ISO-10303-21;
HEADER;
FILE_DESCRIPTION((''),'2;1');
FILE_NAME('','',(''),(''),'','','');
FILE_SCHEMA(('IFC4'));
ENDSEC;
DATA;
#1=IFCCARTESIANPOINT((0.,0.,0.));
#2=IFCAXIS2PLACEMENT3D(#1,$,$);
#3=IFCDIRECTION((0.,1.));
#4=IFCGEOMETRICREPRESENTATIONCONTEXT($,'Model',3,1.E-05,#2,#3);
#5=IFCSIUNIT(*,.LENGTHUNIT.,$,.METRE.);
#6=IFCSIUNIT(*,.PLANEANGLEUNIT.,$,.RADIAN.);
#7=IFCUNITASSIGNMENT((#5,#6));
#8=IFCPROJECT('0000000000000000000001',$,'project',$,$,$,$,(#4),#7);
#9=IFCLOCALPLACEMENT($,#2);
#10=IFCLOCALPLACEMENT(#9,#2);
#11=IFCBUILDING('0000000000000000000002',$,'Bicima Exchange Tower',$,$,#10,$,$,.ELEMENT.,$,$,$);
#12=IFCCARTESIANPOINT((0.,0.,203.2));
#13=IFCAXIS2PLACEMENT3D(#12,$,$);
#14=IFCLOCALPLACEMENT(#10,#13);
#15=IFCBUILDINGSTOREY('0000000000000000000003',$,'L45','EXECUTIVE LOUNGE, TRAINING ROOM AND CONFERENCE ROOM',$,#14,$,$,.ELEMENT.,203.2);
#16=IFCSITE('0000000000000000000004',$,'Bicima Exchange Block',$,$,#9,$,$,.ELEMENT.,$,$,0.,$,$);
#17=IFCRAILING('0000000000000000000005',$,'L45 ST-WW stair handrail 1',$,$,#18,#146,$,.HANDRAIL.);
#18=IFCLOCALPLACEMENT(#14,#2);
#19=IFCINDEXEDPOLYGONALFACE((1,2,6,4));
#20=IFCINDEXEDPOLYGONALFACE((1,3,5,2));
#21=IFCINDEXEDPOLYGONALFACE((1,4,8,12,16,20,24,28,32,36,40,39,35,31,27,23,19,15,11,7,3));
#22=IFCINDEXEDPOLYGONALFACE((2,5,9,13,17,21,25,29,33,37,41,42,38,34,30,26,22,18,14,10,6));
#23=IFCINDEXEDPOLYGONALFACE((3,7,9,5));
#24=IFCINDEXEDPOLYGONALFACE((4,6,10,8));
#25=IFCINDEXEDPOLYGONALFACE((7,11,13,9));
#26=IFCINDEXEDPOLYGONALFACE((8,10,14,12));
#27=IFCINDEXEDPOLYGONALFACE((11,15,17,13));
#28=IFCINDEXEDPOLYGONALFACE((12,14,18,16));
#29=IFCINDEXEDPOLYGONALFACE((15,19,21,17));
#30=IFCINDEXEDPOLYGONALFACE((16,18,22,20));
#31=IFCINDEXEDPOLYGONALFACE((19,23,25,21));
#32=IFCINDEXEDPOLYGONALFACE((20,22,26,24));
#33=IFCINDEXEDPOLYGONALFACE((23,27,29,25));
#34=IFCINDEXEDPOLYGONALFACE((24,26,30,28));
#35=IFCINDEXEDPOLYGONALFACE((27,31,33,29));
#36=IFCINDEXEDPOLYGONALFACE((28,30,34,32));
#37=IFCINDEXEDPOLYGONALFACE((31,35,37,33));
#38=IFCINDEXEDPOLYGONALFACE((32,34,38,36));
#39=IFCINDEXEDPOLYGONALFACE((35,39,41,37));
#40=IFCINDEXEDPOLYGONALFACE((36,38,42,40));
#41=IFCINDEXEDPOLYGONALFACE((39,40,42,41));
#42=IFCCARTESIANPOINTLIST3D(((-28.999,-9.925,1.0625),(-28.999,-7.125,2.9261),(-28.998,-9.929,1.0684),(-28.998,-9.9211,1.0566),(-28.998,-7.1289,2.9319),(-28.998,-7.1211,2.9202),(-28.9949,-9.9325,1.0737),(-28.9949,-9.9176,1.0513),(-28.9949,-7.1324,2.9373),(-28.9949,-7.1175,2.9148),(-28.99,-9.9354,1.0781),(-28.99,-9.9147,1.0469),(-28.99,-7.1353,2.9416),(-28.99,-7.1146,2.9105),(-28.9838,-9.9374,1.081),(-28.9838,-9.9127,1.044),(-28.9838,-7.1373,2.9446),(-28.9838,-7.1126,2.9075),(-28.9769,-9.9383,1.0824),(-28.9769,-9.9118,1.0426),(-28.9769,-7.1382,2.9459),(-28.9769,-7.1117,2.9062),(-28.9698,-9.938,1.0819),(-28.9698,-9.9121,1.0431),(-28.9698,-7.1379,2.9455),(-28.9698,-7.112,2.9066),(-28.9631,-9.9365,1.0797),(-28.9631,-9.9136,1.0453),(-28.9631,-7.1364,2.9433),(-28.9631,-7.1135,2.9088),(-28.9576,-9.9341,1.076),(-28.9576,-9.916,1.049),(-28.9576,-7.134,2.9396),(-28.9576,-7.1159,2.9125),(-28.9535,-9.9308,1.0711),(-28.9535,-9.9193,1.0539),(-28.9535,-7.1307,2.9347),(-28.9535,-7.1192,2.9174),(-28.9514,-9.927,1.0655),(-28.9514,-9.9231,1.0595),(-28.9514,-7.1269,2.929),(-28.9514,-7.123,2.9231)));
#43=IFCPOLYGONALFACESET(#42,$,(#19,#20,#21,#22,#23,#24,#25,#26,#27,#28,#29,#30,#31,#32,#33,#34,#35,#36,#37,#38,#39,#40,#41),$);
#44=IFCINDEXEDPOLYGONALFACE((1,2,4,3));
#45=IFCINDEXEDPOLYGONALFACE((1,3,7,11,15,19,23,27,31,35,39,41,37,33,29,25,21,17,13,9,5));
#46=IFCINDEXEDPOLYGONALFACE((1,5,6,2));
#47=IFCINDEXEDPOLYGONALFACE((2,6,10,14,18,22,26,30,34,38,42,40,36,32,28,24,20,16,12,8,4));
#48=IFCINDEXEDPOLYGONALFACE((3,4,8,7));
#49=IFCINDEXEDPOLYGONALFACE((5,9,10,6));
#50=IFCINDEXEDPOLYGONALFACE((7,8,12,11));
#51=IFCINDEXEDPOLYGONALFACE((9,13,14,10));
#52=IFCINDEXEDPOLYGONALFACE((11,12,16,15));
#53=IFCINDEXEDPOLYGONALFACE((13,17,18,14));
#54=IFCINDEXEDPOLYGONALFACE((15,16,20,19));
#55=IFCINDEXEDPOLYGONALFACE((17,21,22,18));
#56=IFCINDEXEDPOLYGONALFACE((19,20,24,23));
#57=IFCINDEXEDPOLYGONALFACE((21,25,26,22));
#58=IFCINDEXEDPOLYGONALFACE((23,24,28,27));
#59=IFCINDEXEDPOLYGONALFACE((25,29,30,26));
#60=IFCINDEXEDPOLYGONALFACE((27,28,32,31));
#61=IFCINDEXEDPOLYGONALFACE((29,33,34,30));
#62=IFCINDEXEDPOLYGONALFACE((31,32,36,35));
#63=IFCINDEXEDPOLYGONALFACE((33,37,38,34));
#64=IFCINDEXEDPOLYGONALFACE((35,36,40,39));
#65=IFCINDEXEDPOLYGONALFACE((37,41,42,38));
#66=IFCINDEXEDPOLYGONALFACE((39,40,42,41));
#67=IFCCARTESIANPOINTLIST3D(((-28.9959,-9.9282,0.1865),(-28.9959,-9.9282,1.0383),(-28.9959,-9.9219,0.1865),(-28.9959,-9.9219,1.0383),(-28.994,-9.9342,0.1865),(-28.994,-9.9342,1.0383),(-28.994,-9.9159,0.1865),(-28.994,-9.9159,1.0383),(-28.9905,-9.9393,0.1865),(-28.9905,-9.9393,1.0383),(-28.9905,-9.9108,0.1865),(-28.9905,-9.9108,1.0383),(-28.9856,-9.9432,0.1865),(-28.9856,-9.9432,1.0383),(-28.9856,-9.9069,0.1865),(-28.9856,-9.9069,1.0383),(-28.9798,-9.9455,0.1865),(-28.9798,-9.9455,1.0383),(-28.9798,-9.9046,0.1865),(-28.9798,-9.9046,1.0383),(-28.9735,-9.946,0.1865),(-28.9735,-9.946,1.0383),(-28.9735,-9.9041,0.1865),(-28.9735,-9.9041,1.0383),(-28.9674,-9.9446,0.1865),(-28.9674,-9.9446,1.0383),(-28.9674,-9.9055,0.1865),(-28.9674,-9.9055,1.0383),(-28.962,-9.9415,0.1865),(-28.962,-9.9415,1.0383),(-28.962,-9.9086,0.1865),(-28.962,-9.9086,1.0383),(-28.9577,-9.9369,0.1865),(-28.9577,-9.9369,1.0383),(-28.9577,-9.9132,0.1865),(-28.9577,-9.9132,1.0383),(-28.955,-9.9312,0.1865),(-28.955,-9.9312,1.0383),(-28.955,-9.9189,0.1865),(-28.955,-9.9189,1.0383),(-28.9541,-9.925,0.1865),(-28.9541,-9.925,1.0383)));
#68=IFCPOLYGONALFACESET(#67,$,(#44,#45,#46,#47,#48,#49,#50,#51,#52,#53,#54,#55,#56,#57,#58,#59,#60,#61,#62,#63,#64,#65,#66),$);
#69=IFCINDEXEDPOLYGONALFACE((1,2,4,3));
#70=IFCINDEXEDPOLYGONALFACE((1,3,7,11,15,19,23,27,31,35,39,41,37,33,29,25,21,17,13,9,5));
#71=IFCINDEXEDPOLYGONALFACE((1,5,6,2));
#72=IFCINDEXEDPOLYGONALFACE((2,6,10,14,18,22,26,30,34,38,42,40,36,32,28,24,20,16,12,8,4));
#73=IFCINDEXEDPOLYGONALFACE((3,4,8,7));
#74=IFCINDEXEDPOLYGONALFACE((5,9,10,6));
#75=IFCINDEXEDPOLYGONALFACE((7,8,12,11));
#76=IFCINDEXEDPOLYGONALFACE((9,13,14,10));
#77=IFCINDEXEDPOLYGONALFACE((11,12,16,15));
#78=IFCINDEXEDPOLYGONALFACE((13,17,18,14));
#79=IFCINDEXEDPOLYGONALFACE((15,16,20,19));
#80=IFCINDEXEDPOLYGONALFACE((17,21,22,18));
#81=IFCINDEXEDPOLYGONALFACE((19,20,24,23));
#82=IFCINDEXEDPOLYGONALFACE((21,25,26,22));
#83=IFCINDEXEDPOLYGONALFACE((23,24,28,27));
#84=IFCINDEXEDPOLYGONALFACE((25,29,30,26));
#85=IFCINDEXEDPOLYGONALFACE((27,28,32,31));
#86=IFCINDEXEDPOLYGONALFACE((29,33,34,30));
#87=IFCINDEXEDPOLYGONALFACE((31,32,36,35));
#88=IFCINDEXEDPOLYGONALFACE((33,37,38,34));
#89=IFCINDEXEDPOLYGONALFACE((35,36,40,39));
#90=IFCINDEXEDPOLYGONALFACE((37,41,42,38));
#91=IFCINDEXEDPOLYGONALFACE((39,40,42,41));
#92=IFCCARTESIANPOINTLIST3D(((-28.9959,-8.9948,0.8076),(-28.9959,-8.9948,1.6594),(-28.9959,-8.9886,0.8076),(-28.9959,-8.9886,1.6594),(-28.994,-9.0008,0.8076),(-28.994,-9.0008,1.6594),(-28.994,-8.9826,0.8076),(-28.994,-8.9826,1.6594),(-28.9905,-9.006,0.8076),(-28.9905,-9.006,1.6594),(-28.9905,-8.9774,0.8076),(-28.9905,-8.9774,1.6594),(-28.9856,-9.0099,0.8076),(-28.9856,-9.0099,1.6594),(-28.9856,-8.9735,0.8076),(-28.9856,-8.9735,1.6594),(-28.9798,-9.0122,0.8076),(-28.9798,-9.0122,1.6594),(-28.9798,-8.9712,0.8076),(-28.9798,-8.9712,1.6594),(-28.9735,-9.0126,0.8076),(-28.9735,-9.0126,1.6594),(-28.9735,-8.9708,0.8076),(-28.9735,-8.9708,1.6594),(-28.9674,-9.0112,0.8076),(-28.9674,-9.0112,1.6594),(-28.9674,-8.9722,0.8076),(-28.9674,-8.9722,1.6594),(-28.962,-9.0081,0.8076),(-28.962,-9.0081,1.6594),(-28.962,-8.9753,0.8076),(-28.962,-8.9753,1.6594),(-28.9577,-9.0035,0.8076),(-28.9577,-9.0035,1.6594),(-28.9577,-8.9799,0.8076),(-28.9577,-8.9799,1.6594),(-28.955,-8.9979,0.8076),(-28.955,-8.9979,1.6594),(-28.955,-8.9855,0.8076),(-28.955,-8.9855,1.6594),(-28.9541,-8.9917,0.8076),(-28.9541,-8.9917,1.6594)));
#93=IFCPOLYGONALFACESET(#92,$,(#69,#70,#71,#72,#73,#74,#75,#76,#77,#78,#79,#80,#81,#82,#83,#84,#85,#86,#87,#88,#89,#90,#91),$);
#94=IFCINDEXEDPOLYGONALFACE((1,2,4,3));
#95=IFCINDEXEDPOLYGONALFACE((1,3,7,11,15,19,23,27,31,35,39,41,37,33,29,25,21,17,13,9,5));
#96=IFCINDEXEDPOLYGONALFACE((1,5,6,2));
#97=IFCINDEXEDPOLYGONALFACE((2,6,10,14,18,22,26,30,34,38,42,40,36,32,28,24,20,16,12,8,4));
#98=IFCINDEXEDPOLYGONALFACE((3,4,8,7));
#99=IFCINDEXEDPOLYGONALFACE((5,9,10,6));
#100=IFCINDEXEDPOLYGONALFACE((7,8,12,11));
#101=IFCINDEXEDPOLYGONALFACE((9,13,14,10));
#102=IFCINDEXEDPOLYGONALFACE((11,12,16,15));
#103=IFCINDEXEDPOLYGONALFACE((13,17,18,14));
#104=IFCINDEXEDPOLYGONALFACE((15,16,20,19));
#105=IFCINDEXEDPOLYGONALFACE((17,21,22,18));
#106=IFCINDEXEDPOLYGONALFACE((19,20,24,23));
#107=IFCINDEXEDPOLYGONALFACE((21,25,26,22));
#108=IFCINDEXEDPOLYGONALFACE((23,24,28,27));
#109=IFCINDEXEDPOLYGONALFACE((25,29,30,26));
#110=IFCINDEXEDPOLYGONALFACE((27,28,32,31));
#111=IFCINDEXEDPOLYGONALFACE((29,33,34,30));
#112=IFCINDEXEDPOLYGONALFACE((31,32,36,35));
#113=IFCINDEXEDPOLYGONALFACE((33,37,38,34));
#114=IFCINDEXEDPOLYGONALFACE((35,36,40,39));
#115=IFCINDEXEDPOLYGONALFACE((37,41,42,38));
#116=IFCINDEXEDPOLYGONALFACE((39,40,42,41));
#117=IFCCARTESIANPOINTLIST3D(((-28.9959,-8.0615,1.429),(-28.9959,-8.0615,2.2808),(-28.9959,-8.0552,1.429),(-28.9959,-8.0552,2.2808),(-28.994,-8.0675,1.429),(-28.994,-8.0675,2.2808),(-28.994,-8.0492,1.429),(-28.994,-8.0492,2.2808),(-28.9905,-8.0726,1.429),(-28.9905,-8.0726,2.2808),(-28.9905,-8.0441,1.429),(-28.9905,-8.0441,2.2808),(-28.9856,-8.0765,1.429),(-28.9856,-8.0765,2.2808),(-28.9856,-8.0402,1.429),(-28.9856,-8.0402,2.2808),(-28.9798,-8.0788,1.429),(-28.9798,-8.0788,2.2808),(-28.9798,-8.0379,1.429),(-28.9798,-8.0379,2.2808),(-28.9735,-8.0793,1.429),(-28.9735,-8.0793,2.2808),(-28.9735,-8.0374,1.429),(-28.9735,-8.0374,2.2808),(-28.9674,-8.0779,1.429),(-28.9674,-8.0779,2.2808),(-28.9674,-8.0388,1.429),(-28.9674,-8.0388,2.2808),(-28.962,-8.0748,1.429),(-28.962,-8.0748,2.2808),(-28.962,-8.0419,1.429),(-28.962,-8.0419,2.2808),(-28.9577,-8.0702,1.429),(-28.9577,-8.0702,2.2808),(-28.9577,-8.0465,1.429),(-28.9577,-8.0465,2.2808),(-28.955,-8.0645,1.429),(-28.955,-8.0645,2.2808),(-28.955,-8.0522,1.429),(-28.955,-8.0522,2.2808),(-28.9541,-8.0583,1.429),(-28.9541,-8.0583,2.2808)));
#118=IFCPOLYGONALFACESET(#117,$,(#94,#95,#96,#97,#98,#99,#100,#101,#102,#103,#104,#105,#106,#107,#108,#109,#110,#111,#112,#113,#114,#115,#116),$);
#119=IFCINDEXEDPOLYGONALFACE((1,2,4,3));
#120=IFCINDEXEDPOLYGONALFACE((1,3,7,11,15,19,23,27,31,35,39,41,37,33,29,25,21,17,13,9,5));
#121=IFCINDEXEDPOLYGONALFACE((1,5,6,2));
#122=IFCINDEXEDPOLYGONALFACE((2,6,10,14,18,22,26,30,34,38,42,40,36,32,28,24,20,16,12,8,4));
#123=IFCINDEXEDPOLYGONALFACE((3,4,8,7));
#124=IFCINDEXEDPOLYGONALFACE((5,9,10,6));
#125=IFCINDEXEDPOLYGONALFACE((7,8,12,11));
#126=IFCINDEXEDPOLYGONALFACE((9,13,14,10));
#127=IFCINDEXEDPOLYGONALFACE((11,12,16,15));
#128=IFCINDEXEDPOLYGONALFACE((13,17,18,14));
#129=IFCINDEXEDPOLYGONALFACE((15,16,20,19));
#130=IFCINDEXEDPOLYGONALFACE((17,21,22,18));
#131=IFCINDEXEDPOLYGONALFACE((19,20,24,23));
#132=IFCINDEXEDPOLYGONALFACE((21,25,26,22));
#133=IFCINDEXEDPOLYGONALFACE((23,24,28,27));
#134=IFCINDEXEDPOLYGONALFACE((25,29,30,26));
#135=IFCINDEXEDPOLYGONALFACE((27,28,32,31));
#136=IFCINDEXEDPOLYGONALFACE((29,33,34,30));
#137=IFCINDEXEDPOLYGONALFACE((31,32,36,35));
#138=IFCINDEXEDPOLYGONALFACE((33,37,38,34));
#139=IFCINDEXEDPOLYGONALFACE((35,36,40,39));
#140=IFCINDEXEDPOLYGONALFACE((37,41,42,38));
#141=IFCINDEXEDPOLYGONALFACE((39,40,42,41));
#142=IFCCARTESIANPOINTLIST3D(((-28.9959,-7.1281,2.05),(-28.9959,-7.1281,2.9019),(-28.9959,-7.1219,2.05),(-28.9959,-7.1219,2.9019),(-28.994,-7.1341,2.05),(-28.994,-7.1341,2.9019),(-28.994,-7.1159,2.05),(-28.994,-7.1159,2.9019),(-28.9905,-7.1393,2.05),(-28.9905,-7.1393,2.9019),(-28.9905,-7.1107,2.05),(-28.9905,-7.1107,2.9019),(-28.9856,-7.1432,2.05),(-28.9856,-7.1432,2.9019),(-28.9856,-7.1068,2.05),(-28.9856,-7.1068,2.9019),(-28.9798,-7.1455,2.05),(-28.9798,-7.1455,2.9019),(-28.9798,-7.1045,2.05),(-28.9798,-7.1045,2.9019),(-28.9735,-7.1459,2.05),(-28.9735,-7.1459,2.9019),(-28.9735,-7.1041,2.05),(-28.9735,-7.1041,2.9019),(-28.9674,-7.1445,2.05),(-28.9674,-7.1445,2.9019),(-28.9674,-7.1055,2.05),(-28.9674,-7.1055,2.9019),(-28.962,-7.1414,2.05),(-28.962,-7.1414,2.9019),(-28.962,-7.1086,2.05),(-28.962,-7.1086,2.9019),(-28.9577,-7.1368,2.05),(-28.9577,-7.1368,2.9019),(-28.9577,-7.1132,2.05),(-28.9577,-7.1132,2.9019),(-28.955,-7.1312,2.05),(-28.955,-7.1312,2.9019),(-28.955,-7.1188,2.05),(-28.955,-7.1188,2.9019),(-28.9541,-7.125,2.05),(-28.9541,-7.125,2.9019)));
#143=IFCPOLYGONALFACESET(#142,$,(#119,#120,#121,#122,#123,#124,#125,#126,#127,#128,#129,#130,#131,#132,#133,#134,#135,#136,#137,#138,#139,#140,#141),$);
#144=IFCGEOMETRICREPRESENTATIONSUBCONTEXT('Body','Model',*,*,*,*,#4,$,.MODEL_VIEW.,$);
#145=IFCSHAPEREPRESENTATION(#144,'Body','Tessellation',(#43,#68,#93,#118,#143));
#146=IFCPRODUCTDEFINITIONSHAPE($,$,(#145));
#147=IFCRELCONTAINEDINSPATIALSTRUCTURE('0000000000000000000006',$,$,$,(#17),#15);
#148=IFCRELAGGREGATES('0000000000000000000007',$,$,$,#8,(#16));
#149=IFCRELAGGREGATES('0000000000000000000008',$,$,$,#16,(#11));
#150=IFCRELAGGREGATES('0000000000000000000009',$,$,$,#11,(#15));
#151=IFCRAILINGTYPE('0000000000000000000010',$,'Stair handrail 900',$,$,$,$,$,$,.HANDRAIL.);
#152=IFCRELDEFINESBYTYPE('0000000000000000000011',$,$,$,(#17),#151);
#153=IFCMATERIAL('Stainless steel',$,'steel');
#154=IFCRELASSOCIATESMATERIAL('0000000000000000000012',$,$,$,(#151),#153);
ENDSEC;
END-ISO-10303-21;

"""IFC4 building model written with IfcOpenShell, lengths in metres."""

from ifc_helpers import new_model, si_unit, direction, frame, origin, origin_2d, place, context, subcontext, project, spatial, circle, extrude, material, type_object, element, save


model = new_model("IFC4")

# Units and contexts
model_context = context("Model", 3, precision=1e-05, world=origin(), true_north=direction((0.0, 1.0)))
body_context = subcontext(model_context, "Body", "Model", "MODEL_VIEW")
ifc_project = project(units=[si_unit("LENGTHUNIT", "METRE"), si_unit("PLANEANGLEUNIT", "RADIAN")], contexts=[model_context])

# Site, building, storey
site_placement = place(None, origin())
site = spatial("IfcSite", under=ifc_project, at=site_placement, Name="Bicima Exchange Block", CompositionType="ELEMENT", RefElevation=0.0)
building_placement = place(site_placement, origin())
building = spatial("IfcBuilding", under=site, at=building_placement, Name="Bicima Exchange Tower", CompositionType="ELEMENT")
storey_placement = place(building_placement, frame((0.0, 0.0, 203.2)))
storey = spatial("IfcBuildingStorey", under=building, at=storey_placement, Name="L45", Description="EXECUTIVE LOUNGE, TRAINING ROOM AND CONFERENCE ROOM", CompositionType="ELEMENT", Elevation=203.2)

# Railing
ifc_material_1 = material(Name="Stainless steel", Category="steel")
railing_type_1 = type_object("IfcRailingType", Name="Stair handrail 900", PredefinedType="HANDRAIL", material=ifc_material_1)
railing_1_placement = place(storey_placement, frame((-28.9751, -9.925, 0.1865)))
element("IfcRailing", 1, at=railing_1_placement, inside=storey, type_object=railing_type_1, Name="L45 ST-WW stair handrail 1", PredefinedType="HANDRAIL", context=body_context, shape_type="SweptSolid", body=[
    extrude(circle(Radius=0.0239, at=origin_2d()), frame((0.0, 0.0, 0.876), z_axis=(0.0, 0.832486, 0.554047), x_axis=(-1.0, 0.0, 0.0)), (0.0, 0.0, 1.0), 3.3635),
    extrude(circle(Radius=0.021, at=origin_2d()), origin(), (0.0, 0.0, 1.0), 0.8518),
    extrude(circle(Radius=0.021, at=origin_2d()), frame((0.0, 0.9333, 0.6211)), (0.0, 0.0, 1.0), 0.8518),
    extrude(circle(Radius=0.021, at=origin_2d()), frame((0.0, 1.8667, 1.2424)), (0.0, 0.0, 1.0), 0.8518),
    extrude(circle(Radius=0.021, at=origin_2d()), frame((0.0, 2.8, 1.8635)), (0.0, 0.0, 1.0), 0.8518),
])

save(model, "model.ifc")
